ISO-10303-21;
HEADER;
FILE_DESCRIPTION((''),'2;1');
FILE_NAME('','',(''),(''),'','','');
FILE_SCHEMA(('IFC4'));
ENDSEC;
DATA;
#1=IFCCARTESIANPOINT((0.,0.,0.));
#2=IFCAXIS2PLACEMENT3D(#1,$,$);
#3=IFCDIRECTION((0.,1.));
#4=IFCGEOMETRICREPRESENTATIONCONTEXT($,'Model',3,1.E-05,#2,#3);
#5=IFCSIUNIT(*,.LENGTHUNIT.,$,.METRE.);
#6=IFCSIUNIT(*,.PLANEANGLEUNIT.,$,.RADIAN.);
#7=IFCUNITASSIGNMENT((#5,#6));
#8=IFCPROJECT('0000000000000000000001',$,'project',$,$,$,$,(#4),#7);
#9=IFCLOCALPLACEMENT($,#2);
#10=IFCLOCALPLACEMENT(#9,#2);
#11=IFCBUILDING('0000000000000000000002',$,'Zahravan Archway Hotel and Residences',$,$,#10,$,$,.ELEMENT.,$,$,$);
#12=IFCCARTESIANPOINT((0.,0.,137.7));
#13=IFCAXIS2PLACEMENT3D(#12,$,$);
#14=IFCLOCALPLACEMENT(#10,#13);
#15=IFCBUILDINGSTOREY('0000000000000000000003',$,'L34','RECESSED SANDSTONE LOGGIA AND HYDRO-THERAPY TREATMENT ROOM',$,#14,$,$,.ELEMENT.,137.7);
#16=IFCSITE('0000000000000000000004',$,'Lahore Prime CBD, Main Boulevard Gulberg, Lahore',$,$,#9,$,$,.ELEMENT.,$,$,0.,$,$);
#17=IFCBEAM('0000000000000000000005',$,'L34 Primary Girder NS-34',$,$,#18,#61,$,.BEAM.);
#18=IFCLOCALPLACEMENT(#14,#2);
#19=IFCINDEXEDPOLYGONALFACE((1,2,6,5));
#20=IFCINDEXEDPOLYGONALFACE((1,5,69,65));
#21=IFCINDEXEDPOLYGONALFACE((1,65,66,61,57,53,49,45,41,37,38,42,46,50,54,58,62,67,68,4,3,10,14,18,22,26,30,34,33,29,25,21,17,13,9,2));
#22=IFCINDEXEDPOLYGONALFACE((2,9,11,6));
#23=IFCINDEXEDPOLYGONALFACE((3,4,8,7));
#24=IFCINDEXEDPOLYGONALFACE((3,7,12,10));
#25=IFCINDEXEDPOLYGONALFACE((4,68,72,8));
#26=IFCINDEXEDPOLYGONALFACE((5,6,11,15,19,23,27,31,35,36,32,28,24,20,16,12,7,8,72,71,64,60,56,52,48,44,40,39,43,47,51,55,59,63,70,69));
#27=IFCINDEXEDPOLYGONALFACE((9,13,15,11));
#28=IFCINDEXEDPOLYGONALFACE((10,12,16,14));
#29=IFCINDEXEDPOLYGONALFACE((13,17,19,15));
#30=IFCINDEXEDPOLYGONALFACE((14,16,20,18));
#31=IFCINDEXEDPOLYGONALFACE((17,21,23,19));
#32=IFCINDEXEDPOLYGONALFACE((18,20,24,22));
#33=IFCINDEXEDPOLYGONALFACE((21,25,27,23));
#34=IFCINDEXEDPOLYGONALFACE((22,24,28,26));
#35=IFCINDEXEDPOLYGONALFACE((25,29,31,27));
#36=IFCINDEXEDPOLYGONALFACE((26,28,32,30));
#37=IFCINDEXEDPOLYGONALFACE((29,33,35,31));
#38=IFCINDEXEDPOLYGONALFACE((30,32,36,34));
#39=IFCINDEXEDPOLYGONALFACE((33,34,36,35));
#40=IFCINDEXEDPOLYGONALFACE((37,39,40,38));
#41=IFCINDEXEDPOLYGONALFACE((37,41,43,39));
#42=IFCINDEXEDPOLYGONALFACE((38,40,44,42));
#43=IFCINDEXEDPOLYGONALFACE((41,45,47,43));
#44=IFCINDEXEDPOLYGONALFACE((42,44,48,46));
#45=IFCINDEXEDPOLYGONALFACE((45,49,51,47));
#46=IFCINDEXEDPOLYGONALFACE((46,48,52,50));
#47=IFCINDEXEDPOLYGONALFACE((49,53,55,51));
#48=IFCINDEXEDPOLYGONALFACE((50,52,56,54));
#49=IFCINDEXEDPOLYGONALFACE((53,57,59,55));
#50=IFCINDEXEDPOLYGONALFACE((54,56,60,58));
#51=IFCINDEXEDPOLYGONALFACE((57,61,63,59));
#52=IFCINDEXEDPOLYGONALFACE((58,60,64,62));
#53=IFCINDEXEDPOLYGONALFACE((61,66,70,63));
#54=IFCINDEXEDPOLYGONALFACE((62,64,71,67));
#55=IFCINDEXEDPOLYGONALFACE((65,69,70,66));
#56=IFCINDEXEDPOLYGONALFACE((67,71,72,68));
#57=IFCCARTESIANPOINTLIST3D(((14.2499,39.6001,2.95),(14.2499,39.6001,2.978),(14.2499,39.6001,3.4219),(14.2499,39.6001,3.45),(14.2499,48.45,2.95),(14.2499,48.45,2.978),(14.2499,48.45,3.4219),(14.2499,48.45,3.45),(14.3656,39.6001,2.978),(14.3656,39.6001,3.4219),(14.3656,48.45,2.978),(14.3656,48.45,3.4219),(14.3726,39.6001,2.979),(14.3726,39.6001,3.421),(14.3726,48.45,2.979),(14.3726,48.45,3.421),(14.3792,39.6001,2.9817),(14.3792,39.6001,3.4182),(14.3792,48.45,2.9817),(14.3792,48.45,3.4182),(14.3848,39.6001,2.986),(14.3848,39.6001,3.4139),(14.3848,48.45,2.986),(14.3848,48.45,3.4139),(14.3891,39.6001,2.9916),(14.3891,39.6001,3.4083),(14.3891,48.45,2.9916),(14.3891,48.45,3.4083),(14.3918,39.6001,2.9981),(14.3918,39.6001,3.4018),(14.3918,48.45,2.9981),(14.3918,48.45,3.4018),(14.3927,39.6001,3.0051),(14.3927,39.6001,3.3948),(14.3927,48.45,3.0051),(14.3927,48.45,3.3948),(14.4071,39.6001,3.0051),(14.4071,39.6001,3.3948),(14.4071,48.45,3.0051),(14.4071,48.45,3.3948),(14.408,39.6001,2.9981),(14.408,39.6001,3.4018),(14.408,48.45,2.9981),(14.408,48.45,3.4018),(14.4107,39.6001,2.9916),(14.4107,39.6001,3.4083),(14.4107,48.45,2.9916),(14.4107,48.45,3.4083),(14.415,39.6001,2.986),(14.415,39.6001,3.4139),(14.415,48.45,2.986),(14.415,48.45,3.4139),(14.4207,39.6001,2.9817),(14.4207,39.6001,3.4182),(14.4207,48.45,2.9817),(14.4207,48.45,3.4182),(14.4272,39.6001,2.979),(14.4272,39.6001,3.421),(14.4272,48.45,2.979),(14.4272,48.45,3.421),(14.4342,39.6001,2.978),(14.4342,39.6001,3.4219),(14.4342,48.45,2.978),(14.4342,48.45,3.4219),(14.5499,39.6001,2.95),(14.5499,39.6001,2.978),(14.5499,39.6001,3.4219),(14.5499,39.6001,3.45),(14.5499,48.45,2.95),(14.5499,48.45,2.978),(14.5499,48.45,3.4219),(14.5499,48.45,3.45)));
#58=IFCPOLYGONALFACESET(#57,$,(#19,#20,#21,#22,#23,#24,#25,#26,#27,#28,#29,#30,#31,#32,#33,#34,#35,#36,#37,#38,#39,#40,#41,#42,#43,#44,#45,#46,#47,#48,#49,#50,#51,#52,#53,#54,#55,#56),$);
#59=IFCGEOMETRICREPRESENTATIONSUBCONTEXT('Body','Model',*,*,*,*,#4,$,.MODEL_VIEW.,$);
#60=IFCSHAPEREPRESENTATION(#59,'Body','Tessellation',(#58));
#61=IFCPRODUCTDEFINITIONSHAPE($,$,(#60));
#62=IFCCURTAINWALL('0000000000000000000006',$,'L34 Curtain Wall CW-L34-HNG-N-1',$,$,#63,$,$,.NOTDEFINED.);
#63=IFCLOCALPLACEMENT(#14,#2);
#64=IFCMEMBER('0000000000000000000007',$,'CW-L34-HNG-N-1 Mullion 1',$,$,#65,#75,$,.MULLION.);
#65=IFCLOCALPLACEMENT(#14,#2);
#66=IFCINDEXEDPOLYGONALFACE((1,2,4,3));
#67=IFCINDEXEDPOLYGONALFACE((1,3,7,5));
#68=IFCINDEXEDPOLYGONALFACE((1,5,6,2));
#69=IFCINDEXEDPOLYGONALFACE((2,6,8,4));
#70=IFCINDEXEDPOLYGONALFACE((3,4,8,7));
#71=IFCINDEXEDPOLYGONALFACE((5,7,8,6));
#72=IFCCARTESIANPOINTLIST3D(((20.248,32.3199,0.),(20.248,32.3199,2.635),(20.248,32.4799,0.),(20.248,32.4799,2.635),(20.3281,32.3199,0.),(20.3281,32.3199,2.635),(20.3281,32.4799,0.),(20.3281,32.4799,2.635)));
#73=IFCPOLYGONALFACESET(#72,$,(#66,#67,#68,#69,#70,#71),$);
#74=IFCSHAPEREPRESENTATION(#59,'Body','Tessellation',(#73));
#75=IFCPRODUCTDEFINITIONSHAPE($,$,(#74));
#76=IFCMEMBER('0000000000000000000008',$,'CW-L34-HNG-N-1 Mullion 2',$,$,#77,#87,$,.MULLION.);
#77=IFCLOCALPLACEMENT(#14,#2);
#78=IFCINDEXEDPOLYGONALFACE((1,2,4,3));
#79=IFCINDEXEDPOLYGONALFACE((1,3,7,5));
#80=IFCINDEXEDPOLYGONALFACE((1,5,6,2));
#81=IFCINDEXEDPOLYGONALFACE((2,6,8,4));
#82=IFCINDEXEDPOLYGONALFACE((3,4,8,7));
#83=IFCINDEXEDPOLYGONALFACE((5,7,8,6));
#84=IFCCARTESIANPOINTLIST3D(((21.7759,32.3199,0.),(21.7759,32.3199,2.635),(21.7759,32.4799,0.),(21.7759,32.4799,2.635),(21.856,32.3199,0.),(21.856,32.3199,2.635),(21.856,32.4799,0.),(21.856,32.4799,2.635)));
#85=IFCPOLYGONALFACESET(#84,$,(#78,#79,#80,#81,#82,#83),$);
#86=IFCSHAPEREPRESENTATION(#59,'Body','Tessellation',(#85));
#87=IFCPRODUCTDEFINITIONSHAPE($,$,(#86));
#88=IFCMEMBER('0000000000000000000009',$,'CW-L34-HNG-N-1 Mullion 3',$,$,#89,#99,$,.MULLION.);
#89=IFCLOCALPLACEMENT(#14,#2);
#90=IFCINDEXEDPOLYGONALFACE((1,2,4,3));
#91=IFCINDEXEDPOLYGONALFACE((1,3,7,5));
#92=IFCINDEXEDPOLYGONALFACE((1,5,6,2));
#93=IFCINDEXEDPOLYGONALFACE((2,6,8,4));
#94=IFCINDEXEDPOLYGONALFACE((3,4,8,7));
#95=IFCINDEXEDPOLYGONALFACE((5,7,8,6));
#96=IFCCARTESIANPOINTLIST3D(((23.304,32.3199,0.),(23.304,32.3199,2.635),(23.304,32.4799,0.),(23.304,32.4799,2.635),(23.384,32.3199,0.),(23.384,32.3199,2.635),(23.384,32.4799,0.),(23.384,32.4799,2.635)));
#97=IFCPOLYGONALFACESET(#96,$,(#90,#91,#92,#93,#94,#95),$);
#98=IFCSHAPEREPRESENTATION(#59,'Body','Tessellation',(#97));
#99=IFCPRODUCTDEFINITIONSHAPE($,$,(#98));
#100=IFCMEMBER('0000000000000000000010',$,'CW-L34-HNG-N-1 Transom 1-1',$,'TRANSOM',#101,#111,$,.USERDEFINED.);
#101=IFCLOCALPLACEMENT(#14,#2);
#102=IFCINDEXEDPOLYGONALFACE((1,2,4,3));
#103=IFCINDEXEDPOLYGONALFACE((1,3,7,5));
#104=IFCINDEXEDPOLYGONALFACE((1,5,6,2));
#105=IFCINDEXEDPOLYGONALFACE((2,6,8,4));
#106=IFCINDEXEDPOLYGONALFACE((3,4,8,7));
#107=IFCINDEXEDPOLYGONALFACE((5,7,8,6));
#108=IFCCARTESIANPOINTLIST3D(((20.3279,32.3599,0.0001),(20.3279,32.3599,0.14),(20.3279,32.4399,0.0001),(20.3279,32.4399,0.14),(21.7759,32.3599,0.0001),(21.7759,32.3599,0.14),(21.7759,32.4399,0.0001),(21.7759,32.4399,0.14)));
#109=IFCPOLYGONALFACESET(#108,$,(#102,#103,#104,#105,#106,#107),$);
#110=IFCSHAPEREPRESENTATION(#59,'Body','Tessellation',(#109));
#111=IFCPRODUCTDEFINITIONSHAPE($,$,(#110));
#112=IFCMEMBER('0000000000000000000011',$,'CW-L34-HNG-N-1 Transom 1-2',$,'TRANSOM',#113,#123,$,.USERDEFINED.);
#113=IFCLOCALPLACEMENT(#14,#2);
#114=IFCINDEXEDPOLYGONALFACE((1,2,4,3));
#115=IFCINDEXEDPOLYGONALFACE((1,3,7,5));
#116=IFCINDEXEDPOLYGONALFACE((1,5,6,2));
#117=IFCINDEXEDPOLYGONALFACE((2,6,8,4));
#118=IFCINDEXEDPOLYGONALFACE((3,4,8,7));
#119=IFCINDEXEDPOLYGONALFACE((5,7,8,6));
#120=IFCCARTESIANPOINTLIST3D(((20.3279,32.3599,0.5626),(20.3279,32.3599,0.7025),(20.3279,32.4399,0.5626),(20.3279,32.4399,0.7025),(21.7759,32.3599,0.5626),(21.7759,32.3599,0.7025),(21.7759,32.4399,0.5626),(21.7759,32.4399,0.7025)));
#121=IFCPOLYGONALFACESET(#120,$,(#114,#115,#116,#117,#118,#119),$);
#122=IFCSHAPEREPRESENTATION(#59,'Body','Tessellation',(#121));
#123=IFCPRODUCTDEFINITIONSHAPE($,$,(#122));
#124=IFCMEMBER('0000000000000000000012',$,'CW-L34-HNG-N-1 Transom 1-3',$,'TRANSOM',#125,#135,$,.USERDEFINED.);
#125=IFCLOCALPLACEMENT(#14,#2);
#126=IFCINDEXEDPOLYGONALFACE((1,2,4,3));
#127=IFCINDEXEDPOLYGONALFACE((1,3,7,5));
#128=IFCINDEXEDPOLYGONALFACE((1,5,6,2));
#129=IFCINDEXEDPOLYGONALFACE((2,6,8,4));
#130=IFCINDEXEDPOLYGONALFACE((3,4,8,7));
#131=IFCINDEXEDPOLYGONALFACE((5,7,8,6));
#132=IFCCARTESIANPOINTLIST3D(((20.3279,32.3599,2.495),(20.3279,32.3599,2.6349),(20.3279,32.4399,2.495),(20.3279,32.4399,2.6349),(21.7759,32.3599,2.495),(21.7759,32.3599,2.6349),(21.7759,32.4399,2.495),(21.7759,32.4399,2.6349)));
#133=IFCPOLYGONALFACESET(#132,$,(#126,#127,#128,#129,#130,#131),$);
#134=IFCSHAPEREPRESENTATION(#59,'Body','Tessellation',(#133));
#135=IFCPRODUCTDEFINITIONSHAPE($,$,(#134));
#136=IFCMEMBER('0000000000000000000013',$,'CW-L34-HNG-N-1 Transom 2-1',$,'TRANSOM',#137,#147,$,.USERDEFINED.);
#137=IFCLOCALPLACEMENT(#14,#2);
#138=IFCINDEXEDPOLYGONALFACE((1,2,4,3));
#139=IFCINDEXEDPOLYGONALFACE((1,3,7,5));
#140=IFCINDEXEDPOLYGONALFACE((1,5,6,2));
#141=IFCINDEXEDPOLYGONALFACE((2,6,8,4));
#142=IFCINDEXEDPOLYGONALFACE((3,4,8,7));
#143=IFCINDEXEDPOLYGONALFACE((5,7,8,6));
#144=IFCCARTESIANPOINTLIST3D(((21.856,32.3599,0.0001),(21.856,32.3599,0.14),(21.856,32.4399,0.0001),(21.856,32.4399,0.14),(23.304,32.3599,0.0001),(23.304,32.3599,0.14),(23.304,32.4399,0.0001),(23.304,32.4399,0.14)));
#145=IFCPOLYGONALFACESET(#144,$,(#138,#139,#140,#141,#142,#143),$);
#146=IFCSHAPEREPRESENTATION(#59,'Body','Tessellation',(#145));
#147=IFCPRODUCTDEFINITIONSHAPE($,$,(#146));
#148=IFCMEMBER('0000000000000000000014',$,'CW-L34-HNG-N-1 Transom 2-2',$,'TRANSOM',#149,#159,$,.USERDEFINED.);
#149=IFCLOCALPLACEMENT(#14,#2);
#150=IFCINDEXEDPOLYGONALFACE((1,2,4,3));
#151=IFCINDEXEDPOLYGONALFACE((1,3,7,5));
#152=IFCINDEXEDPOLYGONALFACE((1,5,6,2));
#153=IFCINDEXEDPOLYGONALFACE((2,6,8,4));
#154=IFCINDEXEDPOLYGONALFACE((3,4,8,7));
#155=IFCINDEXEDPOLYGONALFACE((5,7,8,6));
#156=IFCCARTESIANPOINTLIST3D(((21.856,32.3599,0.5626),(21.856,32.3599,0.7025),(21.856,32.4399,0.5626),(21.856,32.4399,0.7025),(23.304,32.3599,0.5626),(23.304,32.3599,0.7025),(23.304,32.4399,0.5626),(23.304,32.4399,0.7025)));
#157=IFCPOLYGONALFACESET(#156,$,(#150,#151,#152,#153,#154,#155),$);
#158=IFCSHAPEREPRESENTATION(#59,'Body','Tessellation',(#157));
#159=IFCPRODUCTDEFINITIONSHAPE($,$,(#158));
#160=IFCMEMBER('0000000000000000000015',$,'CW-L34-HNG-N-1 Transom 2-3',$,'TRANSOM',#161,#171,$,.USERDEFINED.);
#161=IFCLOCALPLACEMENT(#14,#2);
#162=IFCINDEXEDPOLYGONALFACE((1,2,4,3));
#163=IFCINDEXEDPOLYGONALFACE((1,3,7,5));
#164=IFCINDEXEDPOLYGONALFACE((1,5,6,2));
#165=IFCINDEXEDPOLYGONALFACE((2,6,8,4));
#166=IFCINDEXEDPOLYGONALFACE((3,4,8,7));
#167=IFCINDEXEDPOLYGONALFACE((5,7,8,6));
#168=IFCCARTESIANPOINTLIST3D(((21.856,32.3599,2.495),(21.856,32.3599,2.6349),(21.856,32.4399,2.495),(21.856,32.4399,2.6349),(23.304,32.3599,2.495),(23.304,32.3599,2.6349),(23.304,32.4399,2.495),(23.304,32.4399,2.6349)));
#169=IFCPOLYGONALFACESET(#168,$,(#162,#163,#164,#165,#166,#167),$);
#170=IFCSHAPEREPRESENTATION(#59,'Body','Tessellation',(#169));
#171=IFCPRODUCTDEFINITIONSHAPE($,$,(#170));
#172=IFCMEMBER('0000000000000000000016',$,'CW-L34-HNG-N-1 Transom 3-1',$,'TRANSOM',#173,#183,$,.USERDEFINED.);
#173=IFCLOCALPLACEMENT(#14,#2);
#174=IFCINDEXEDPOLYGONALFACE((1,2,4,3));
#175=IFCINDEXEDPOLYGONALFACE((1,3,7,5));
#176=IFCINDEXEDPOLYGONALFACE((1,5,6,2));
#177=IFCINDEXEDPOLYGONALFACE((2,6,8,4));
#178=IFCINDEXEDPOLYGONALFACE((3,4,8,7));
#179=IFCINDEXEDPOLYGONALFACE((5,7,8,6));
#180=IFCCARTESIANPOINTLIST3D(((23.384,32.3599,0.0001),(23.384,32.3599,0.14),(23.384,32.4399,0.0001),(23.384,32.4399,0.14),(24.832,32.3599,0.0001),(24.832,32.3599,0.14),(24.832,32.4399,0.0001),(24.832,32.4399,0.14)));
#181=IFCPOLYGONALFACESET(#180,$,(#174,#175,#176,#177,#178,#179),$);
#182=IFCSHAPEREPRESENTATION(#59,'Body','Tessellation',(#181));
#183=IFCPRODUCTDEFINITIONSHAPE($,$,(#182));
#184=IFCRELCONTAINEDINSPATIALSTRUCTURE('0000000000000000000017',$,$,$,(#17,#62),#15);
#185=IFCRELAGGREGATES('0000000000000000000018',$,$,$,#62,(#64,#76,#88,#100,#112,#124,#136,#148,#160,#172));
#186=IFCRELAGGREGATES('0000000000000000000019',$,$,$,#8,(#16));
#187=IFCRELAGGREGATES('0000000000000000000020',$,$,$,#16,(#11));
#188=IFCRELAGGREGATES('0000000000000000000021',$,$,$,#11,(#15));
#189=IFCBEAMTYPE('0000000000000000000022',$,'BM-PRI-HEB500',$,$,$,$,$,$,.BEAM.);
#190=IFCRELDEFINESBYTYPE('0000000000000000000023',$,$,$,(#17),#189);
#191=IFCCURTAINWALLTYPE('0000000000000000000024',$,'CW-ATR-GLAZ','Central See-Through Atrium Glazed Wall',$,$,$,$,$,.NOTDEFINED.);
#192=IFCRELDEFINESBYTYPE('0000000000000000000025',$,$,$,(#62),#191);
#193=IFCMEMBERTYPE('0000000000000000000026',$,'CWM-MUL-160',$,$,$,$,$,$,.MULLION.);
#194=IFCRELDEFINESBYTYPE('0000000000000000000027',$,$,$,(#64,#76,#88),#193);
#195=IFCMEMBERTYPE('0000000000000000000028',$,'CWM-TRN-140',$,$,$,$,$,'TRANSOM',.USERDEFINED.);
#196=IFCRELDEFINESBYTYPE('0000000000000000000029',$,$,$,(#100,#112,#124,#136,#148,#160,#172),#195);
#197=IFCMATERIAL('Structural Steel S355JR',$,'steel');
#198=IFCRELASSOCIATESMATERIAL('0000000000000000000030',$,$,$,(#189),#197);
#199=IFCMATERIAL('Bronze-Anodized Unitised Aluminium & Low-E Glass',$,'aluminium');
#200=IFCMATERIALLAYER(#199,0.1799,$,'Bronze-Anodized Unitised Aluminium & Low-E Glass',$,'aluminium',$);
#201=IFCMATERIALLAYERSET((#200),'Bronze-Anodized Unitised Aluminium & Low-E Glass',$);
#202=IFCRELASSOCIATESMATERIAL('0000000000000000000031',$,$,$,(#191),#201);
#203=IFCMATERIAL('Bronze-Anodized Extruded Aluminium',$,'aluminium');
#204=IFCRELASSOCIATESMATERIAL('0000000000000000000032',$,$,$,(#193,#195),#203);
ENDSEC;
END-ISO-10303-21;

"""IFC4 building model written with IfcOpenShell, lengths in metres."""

from ifc_helpers import new_model, si_unit, direction, frame, origin, origin_2d, place, context, subcontext, project, spatial, rectangle, i_section, extrude, source, transform, mapped, material, layer, layer_set, material_profile, profile_set, type_object, element, aggregate, save


model = new_model("IFC4")

# Units and contexts
model_context = context("Model", 3, precision=1e-05, world=origin(), true_north=direction((0.0, 1.0)))
body_context = subcontext(model_context, "Body", "Model", "MODEL_VIEW")
ifc_project = project(units=[si_unit("LENGTHUNIT", "METRE"), si_unit("PLANEANGLEUNIT", "RADIAN")], contexts=[model_context])

# Site, building, storey
site_placement = place(None, origin())
site = spatial("IfcSite", under=ifc_project, at=site_placement, Name="Lahore Prime CBD, Main Boulevard Gulberg, Lahore", CompositionType="ELEMENT", RefElevation=0.0)
building_placement = place(site_placement, origin())
building = spatial("IfcBuilding", under=site, at=building_placement, Name="Zahravan Archway Hotel and Residences", CompositionType="ELEMENT")
storey_placement = place(building_placement, frame((0.0, 0.0, 137.7)))
storey = spatial("IfcBuildingStorey", under=building, at=storey_placement, Name="L34", Description="RECESSED SANDSTONE LOGGIA AND HYDRO-THERAPY TREATMENT ROOM", CompositionType="ELEMENT", Elevation=137.7)

# Beam
ifc_material_1 = material(Name="Structural Steel S355JR", Category="steel")
ifc_material_profile_1 = material_profile(ifc_material_1, i_section(OverallWidth=0.3, OverallDepth=0.5, WebThickness=0.0144, FlangeThickness=0.0281, FilletRadius=0.0271, at=origin_2d()), Name="HEB 500", Category="steel")
ifc_profile_set_1 = profile_set([ifc_material_profile_1], Name="Structural Steel S355JR")
beam_type_1 = type_object("IfcBeamType", Name="BM-PRI-HEB500", PredefinedType="BEAM", material=ifc_profile_set_1)
shared_shape_1 = source(origin(), body_context, "Body", "SweptSolid", [
    extrude(i_section(OverallWidth=0.3, OverallDepth=0.5, WebThickness=0.0144, FlangeThickness=0.0281, FilletRadius=0.0271, at=origin_2d()), origin(), (0.0, 0.0, 1.0), 8.8499),
])
beam_1_placement = place(storey_placement, frame((14.3999, 39.6001, 3.2), z_axis=(0.0, 1.0, 0.0), x_axis=(-1.0, 0.0, 0.0)))
element("IfcBeam", 1, at=beam_1_placement, inside=storey, type_object=beam_type_1, Name="L34 Primary Girder NS-34", PredefinedType="BEAM", context=body_context, shape_type="MappedRepresentation", body=[
    mapped(shared_shape_1, transform((0.0, 0.0, 0.0), scale=1.0)),
])

# Curtain wall, members
ifc_material_2 = material(Name="Bronze-Anodized Unitised Aluminium & Low-E Glass", Category="aluminium")
ifc_layer_1 = layer(ifc_material_2, 0.1799, Name="Bronze-Anodized Unitised Aluminium & Low-E Glass", Category="aluminium")
ifc_layer_set_1 = layer_set([ifc_layer_1], Name="Bronze-Anodized Unitised Aluminium & Low-E Glass")
curtain_wall_type = type_object("IfcCurtainWallType", Name="CW-ATR-GLAZ", Description="Central See-Through Atrium Glazed Wall", PredefinedType="NOTDEFINED", material=ifc_layer_set_1)
curtain_wall_placement = place(storey_placement, origin())
curtain_wall = element("IfcCurtainWall", 2, at=curtain_wall_placement, inside=storey, type_object=curtain_wall_type, Name="L34 Curtain Wall CW-L34-HNG-N-1", PredefinedType="NOTDEFINED")
ifc_material_3 = material(Name="Bronze-Anodized Extruded Aluminium", Category="aluminium")
ifc_material_profile_2 = material_profile(ifc_material_3, rectangle(XDim=0.0801, YDim=0.1599, at=origin_2d()), Name="MUL 80x160", Category="aluminium")
ifc_profile_set_2 = profile_set([ifc_material_profile_2], Name="Bronze-Anodized Extruded Aluminium")
member_type_1 = type_object("IfcMemberType", Name="CWM-MUL-160", PredefinedType="MULLION", material=ifc_profile_set_2)
shared_shape_2 = source(origin(), body_context, "Body", "SweptSolid", [
    extrude(rectangle(XDim=0.0801, YDim=0.1599, at=origin_2d()), origin(), (0.0, 0.0, 1.0), 2.635),
])
member_1_placement = place(storey_placement, frame((20.2881, 32.3999, 0.0), z_axis=(0.0, 0.0, 1.0), x_axis=(1.0, 0.0, 0.0)))
member_1 = element("IfcMember", 3, at=member_1_placement, type_object=member_type_1, Name="CW-L34-HNG-N-1 Mullion 1", PredefinedType="MULLION", context=body_context, shape_type="MappedRepresentation", body=[
    mapped(shared_shape_2, transform((0.0, 0.0, 0.0), scale=1.0)),
])
member_2_placement = place(storey_placement, frame((21.8159, 32.3999, 0.0), z_axis=(0.0, 0.0, 1.0), x_axis=(1.0, 0.0, 0.0)))
member_2 = element("IfcMember", 4, at=member_2_placement, type_object=member_type_1, Name="CW-L34-HNG-N-1 Mullion 2", PredefinedType="MULLION", context=body_context, shape_type="MappedRepresentation", body=[
    mapped(shared_shape_2, transform((0.0, 0.0, 0.0), scale=1.0)),
])
member_3_placement = place(storey_placement, frame((23.344, 32.3999, 0.0), z_axis=(0.0, 0.0, 1.0), x_axis=(1.0, 0.0, 0.0)))
member_3 = element("IfcMember", 5, at=member_3_placement, type_object=member_type_1, Name="CW-L34-HNG-N-1 Mullion 3", PredefinedType="MULLION", context=body_context, shape_type="MappedRepresentation", body=[
    mapped(shared_shape_2, transform((0.0, 0.0, 0.0), scale=1.0)),
])
ifc_material_profile_3 = material_profile(ifc_material_3, rectangle(XDim=0.0801, YDim=0.1399, at=origin_2d()), Name="TRN 80x140", Category="aluminium")
ifc_profile_set_3 = profile_set([ifc_material_profile_3], Name="Bronze-Anodized Extruded Aluminium")
member_type_2 = type_object("IfcMemberType", Name="CWM-TRN-140", ElementType="TRANSOM", PredefinedType="USERDEFINED", material=ifc_profile_set_3)
shared_shape_3 = source(origin(), body_context, "Body", "SweptSolid", [
    extrude(rectangle(XDim=0.0801, YDim=0.1399, at=origin_2d()), origin(), (0.0, 0.0, 1.0), 1.448),
])
member_4_placement = place(storey_placement, frame((20.3279, 32.3999, 0.0701), z_axis=(1.0, 0.0, 0.0), x_axis=(0.0, 1.0, 0.0)))
member_4 = element("IfcMember", 6, at=member_4_placement, type_object=member_type_2, Name="CW-L34-HNG-N-1 Transom 1-1", ObjectType="TRANSOM", PredefinedType="USERDEFINED", context=body_context, shape_type="MappedRepresentation", body=[
    mapped(shared_shape_3, transform((0.0, 0.0, 0.0), scale=1.0)),
])
member_5_placement = place(storey_placement, frame((20.3279, 32.3999, 0.6326), z_axis=(1.0, 0.0, 0.0), x_axis=(0.0, 1.0, 0.0)))
member_5 = element("IfcMember", 7, at=member_5_placement, type_object=member_type_2, Name="CW-L34-HNG-N-1 Transom 1-2", ObjectType="TRANSOM", PredefinedType="USERDEFINED", context=body_context, shape_type="MappedRepresentation", body=[
    mapped(shared_shape_3, transform((0.0, 0.0, 0.0), scale=1.0)),
])
member_6_placement = place(storey_placement, frame((20.3279, 32.3999, 2.5649), z_axis=(1.0, 0.0, 0.0), x_axis=(0.0, 1.0, 0.0)))
member_6 = element("IfcMember", 8, at=member_6_placement, type_object=member_type_2, Name="CW-L34-HNG-N-1 Transom 1-3", ObjectType="TRANSOM", PredefinedType="USERDEFINED", context=body_context, shape_type="MappedRepresentation", body=[
    mapped(shared_shape_3, transform((0.0, 0.0, 0.0), scale=1.0)),
])
member_7_placement = place(storey_placement, frame((21.856, 32.3999, 0.0701), z_axis=(1.0, 0.0, 0.0), x_axis=(0.0, 1.0, 0.0)))
member_7 = element("IfcMember", 9, at=member_7_placement, type_object=member_type_2, Name="CW-L34-HNG-N-1 Transom 2-1", ObjectType="TRANSOM", PredefinedType="USERDEFINED", context=body_context, shape_type="MappedRepresentation", body=[
    mapped(shared_shape_3, transform((0.0, 0.0, 0.0), scale=1.0)),
])
member_8_placement = place(storey_placement, frame((21.856, 32.3999, 0.6326), z_axis=(1.0, 0.0, 0.0), x_axis=(0.0, 1.0, 0.0)))
member_8 = element("IfcMember", 10, at=member_8_placement, type_object=member_type_2, Name="CW-L34-HNG-N-1 Transom 2-2", ObjectType="TRANSOM", PredefinedType="USERDEFINED", context=body_context, shape_type="MappedRepresentation", body=[
    mapped(shared_shape_3, transform((0.0, 0.0, 0.0), scale=1.0)),
])
member_9_placement = place(storey_placement, frame((21.856, 32.3999, 2.5649), z_axis=(1.0, 0.0, 0.0), x_axis=(0.0, 1.0, 0.0)))
member_9 = element("IfcMember", 11, at=member_9_placement, type_object=member_type_2, Name="CW-L34-HNG-N-1 Transom 2-3", ObjectType="TRANSOM", PredefinedType="USERDEFINED", context=body_context, shape_type="MappedRepresentation", body=[
    mapped(shared_shape_3, transform((0.0, 0.0, 0.0), scale=1.0)),
])
member_10_placement = place(storey_placement, frame((23.384, 32.3999, 0.0701), z_axis=(1.0, 0.0, 0.0), x_axis=(0.0, 1.0, 0.0)))
member_10 = element("IfcMember", 12, at=member_10_placement, type_object=member_type_2, Name="CW-L34-HNG-N-1 Transom 3-1", ObjectType="TRANSOM", PredefinedType="USERDEFINED", context=body_context, shape_type="MappedRepresentation", body=[
    mapped(shared_shape_3, transform((0.0, 0.0, 0.0), scale=1.0)),
])
aggregate(curtain_wall, [member_1, member_2, member_3, member_4, member_5, member_6, member_7, member_8, member_9, member_10])

save(model, "model.ifc")
